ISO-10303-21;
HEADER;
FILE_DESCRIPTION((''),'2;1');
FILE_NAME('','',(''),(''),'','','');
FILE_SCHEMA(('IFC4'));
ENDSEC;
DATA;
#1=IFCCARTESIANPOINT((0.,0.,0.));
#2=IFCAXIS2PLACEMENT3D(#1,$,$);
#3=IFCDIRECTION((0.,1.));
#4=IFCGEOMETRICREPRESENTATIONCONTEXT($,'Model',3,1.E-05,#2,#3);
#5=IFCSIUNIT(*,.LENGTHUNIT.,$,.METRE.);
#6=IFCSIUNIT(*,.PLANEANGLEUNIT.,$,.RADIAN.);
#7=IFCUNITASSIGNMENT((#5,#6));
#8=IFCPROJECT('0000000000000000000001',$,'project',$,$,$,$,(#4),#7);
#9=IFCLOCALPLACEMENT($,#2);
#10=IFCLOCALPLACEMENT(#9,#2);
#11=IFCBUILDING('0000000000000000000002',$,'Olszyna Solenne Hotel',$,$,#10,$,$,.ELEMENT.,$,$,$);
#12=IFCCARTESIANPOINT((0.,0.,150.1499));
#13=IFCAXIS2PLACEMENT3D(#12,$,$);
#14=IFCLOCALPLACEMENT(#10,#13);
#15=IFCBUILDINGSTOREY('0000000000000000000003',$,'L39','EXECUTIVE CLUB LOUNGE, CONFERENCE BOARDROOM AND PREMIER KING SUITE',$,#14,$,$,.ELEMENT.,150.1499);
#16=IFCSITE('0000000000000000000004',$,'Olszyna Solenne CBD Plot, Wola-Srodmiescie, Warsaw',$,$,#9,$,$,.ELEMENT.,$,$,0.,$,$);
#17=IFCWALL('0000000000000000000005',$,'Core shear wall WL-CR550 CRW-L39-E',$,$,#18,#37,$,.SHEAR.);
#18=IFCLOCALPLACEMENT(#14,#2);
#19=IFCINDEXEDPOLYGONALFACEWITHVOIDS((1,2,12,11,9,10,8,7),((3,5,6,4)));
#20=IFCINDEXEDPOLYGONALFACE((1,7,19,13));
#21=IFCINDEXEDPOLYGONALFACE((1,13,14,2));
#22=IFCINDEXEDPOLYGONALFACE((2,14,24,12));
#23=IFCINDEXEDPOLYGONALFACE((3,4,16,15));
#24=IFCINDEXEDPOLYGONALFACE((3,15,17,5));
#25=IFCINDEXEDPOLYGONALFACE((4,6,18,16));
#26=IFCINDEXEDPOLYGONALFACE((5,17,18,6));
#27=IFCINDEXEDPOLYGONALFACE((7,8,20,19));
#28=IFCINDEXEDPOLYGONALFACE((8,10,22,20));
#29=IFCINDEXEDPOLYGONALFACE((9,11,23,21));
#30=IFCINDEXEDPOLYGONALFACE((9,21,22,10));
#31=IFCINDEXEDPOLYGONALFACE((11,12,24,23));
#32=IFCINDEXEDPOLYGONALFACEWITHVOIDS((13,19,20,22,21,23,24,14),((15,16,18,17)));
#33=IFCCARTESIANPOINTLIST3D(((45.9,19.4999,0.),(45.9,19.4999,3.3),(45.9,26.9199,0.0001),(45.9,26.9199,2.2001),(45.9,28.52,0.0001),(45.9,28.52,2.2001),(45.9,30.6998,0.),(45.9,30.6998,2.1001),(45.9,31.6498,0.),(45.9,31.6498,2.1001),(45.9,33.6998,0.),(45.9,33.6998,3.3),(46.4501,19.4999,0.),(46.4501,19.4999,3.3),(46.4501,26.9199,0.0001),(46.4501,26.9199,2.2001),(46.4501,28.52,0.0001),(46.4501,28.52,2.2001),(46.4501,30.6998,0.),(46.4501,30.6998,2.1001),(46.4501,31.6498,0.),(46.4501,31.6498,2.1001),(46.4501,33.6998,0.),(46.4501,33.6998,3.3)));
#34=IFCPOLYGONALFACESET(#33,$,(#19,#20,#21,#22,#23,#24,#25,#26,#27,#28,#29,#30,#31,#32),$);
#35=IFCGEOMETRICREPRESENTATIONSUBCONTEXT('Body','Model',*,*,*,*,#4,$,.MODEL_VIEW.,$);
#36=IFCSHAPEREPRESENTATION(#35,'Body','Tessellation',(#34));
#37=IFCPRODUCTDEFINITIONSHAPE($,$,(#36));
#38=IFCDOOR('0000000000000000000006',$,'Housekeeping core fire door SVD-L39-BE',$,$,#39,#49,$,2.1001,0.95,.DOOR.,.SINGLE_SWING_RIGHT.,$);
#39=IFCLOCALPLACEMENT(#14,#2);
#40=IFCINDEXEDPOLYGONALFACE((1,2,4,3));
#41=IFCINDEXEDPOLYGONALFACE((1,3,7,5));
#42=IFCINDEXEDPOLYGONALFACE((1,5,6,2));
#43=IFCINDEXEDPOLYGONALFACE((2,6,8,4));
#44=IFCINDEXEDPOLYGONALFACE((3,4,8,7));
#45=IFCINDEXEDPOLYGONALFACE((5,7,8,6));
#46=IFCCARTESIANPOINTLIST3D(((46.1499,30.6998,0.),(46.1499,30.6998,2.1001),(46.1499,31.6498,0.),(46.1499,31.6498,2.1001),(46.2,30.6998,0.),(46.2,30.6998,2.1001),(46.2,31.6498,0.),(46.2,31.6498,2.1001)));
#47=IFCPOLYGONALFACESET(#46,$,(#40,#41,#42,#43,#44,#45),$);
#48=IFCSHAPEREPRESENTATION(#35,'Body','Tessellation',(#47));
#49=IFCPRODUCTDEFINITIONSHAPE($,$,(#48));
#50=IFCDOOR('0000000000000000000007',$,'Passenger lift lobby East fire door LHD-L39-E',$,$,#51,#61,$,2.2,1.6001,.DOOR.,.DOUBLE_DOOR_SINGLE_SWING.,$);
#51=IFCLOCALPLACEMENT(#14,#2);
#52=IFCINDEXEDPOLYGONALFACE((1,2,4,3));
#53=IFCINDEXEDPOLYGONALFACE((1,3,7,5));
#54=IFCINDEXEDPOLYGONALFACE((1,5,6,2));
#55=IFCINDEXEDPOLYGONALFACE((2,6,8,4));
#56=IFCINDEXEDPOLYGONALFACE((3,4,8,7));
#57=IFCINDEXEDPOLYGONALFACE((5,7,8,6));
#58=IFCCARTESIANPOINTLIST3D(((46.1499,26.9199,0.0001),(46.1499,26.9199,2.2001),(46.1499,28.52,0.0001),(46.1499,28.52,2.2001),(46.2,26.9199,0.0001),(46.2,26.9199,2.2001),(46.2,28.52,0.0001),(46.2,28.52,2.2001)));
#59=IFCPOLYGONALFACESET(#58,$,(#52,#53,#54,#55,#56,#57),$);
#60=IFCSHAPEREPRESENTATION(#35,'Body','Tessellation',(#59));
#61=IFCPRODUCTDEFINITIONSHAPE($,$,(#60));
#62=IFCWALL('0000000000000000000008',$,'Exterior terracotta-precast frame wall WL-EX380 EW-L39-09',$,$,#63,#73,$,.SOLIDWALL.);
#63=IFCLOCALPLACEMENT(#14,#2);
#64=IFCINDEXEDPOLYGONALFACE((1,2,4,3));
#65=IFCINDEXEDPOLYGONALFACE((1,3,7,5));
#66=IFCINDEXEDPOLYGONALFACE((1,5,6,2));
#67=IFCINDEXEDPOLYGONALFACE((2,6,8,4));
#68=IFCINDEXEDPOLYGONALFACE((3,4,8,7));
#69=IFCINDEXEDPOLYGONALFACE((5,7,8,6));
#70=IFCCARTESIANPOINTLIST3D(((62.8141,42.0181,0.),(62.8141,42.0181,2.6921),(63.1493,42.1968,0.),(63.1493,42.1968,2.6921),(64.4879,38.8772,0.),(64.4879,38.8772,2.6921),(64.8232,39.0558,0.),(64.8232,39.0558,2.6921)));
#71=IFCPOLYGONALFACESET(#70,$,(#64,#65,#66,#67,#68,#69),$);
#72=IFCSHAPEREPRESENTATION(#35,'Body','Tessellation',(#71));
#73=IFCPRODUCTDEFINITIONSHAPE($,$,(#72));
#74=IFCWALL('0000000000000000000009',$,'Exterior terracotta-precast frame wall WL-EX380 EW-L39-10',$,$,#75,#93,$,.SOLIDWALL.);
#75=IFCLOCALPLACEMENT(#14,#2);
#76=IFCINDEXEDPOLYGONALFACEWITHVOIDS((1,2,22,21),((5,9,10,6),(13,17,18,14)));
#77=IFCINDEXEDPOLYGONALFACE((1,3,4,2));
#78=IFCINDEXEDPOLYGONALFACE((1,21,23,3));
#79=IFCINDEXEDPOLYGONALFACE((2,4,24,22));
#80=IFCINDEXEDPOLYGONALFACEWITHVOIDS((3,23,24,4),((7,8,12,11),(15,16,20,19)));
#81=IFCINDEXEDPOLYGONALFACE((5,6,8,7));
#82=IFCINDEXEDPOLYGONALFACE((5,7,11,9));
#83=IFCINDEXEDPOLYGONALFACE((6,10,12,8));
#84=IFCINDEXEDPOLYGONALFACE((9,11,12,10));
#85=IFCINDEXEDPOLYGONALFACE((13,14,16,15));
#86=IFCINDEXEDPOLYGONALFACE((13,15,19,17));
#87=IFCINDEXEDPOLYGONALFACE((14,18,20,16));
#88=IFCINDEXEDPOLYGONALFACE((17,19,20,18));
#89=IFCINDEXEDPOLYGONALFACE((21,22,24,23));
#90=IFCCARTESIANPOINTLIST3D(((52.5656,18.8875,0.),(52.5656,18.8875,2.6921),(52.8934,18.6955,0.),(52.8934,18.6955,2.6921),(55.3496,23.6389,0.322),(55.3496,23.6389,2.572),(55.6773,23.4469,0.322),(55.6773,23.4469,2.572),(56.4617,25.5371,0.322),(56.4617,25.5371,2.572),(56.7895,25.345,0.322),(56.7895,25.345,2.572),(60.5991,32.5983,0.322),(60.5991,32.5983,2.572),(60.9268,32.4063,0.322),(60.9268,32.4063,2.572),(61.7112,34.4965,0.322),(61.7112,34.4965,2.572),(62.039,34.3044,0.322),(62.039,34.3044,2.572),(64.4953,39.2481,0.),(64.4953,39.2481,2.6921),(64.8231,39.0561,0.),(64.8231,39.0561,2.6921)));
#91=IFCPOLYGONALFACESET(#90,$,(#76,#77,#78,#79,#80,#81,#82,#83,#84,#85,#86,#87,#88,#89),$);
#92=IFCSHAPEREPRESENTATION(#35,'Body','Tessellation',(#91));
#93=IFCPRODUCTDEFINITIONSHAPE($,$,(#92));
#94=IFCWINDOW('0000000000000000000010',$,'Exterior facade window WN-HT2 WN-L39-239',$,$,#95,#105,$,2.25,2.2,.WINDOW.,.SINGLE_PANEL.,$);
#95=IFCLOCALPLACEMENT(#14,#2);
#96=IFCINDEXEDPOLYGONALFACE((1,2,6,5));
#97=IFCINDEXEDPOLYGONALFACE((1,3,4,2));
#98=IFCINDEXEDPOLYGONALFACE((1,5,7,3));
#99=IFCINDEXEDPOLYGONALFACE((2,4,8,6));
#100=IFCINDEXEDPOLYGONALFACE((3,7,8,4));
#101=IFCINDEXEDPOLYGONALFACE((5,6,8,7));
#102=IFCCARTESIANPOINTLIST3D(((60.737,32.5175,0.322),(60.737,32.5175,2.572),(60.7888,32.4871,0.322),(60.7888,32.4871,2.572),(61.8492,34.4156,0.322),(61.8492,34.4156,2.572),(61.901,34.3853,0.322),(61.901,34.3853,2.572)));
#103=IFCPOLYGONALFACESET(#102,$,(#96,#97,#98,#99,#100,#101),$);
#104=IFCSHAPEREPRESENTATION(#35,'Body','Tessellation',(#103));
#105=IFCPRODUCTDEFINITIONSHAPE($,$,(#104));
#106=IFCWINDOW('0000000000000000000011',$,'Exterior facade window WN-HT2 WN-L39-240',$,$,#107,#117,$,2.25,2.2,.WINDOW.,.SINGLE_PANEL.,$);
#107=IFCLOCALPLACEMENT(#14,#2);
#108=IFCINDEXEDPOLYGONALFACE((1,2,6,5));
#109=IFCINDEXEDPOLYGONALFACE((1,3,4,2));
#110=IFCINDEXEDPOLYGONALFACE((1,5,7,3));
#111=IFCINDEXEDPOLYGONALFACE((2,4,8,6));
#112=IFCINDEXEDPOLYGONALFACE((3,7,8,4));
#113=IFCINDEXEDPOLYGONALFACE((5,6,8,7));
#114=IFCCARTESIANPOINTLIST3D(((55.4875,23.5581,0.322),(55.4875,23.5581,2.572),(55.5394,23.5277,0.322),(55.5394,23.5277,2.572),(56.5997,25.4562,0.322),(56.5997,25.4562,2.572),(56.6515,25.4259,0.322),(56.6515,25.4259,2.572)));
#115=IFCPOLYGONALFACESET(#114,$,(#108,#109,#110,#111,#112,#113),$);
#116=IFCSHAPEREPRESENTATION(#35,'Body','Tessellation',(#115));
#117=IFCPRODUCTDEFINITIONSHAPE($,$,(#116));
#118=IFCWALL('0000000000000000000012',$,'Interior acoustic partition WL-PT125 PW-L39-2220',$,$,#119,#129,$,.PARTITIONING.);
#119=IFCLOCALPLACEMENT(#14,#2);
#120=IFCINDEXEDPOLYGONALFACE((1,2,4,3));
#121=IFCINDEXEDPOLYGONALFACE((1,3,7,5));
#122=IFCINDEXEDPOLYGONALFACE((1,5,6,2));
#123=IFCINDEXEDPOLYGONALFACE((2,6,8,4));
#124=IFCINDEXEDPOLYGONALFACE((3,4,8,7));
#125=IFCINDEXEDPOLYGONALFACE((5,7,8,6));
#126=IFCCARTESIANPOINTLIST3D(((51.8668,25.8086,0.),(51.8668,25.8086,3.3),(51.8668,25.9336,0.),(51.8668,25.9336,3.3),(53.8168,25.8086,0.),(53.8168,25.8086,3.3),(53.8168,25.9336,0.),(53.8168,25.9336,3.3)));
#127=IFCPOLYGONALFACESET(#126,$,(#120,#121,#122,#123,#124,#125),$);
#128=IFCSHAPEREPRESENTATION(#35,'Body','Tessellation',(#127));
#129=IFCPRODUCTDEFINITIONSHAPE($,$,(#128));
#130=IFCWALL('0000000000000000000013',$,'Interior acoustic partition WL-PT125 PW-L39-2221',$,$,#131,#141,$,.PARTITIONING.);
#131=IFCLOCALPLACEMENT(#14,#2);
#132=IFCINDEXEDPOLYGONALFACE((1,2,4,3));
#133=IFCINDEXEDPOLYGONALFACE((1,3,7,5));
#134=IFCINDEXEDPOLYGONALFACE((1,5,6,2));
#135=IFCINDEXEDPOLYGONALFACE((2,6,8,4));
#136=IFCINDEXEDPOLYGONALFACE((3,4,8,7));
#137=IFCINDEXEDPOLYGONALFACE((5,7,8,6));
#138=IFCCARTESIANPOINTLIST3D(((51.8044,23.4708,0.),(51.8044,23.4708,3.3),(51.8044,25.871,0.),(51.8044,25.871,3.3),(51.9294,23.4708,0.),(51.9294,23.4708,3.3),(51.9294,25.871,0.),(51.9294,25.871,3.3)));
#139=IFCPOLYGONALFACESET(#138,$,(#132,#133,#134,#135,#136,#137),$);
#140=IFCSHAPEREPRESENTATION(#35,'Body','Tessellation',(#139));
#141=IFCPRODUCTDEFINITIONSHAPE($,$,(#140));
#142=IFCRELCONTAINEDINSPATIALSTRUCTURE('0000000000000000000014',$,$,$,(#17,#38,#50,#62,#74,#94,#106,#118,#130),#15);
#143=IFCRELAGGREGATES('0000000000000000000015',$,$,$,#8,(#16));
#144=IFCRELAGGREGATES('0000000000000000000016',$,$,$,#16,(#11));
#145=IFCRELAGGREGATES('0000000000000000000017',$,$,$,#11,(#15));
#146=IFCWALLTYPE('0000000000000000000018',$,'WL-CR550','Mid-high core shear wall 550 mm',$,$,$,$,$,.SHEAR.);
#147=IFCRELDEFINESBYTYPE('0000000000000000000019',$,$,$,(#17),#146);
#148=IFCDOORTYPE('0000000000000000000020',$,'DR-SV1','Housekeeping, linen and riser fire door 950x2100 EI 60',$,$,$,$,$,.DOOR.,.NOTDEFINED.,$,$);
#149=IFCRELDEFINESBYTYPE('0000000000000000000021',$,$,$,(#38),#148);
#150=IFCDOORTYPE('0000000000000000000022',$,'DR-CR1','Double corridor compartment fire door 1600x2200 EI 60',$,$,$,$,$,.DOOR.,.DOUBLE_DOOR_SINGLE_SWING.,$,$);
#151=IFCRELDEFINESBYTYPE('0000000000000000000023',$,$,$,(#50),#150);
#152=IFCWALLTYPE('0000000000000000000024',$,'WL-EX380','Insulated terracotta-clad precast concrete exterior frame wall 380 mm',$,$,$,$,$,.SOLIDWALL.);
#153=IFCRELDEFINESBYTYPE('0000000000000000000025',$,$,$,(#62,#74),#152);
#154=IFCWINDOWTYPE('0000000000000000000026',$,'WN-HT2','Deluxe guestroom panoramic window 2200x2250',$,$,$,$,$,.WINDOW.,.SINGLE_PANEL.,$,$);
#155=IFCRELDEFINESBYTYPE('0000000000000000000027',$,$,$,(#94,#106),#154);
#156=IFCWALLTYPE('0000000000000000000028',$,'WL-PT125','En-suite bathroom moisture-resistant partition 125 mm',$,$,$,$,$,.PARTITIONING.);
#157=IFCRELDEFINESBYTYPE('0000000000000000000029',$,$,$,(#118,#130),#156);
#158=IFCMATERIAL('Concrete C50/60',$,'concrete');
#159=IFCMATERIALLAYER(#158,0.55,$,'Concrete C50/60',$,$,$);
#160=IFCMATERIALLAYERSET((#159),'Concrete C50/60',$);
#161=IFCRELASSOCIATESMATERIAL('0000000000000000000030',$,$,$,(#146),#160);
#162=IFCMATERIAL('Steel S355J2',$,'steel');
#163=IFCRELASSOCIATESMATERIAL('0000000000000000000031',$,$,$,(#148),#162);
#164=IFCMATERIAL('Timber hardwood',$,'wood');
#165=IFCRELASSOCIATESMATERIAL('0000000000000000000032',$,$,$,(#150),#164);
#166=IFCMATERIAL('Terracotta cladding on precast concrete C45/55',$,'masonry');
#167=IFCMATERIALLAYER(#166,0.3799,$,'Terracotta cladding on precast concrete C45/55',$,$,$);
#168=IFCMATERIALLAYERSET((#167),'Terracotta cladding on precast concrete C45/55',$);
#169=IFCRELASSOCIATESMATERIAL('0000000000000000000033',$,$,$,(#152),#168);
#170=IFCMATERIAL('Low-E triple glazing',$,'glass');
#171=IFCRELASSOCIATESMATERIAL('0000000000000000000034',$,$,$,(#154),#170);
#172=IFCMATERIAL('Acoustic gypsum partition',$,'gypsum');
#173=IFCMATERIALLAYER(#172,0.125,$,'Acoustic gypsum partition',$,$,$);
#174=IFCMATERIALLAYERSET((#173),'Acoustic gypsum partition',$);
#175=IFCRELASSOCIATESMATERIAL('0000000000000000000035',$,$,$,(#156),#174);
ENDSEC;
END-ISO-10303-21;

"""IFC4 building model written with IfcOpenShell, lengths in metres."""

from ifc_helpers import new_model, si_unit, direction, frame, frame_2d, origin, place, context, subcontext, project, spatial, rectangle, extrude, source, transform, mapped, material, layer, layer_set, type_object, type_shapes, element, fill, save


model = new_model("IFC4")

# Units and contexts
model_context = context("Model", 3, precision=1e-05, world=origin(), true_north=direction((0.0, 1.0)))
body_context = subcontext(model_context, "Body", "Model", "MODEL_VIEW")
ifc_project = project(units=[si_unit("LENGTHUNIT", "METRE"), si_unit("PLANEANGLEUNIT", "RADIAN")], contexts=[model_context])

# Site, building, storey
site_placement = place(None, origin())
site = spatial("IfcSite", under=ifc_project, at=site_placement, Name="Olszyna Solenne CBD Plot, Wola-Srodmiescie, Warsaw", CompositionType="ELEMENT", RefElevation=0.0)
building_placement = place(site_placement, origin())
building = spatial("IfcBuilding", under=site, at=building_placement, Name="Olszyna Solenne Hotel", CompositionType="ELEMENT")
storey_placement = place(building_placement, frame((0.0, 0.0, 150.1499)))
storey = spatial("IfcBuildingStorey", under=building, at=storey_placement, Name="L39", Description="EXECUTIVE CLUB LOUNGE, CONFERENCE BOARDROOM AND PREMIER KING SUITE", CompositionType="ELEMENT", Elevation=150.1499)

# Shared definitions
ifc_material_1 = material(Name="Steel S355J2", Category="steel")

# Wall, openings, doors
ifc_material_2 = material(Name="Concrete C50/60", Category="concrete")
ifc_layer_1 = layer(ifc_material_2, 0.55, Name="Concrete C50/60")
ifc_layer_set_1 = layer_set([ifc_layer_1], Name="Concrete C50/60")
wall_type_1 = type_object("IfcWallType", Name="WL-CR550", Description="Mid-high core shear wall 550 mm", PredefinedType="SHEAR", material=ifc_layer_set_1)
wall_1_placement = place(storey_placement, frame((46.175, 33.7, 0.0), z_axis=(0.0, 0.0, 1.0), x_axis=(0.0, -1.0, 0.0)))
wall_1 = element("IfcWall", 1, at=wall_1_placement, inside=storey, type_object=wall_type_1, Name="Core shear wall WL-CR550 CRW-L39-E", PredefinedType="SHEAR", context=body_context, shape_type="SweptSolid", body=[
    extrude(rectangle(XDim=14.2, YDim=0.55, at=frame_2d((7.1001, 0.0))), origin(), (0.0, 0.0, 1.0), 3.3),
])
opening_1_placement = place(wall_1_placement, frame((5.1799, 0.0, 0.0)))
opening_1 = element("IfcOpeningElement", 2, at=opening_1_placement, cuts=wall_1, PredefinedType="OPENING", context=body_context, shape_type="SweptSolid", body=[
    extrude(rectangle(XDim=1.6001, YDim=2.2, at=frame_2d((0.8, 1.1001))), frame((0.0, 0.2852, 0.0), z_axis=(0.0, -1.0, 0.0), x_axis=(1.0, 0.0, 0.0)), (0.0, 0.0, 1.0), 0.5701),
])
opening_2_placement = place(wall_1_placement, frame((2.05, 0.0, 0.0)))
opening_2 = element("IfcOpeningElement", 3, at=opening_2_placement, cuts=wall_1, PredefinedType="OPENING", context=body_context, shape_type="SweptSolid", body=[
    extrude(rectangle(XDim=0.95, YDim=2.1001, at=frame_2d((0.4751, 1.05))), frame((0.0, 0.2852, 0.0), z_axis=(0.0, -1.0, 0.0), x_axis=(1.0, 0.0, 0.0)), (0.0, 0.0, 1.0), 0.5701),
])
door_type_1 = type_object("IfcDoorType", Name="DR-SV1", Description="Housekeeping, linen and riser fire door 950x2100 EI 60", OperationType="NOTDEFINED", PredefinedType="DOOR", material=ifc_material_1)
shared_shape_1 = source(origin(), body_context, "Body", "SweptSolid", [
    extrude(rectangle(XDim=0.95, YDim=2.1001, at=frame_2d((0.4751, 1.05))), frame((0.0, 0.0249, 0.0), z_axis=(0.0, -1.0, 0.0), x_axis=(1.0, 0.0, 0.0)), (0.0, 0.0, 1.0), 0.05),
])
type_shapes(door_type_1, [shared_shape_1])
door_1_placement = place(opening_2_placement, origin())
door_1 = element("IfcDoor", 4, at=door_1_placement, inside=storey, type_object=door_type_1, Name="Housekeeping core fire door SVD-L39-BE", OperationType="SINGLE_SWING_RIGHT", OverallHeight=2.1001, OverallWidth=0.95, PredefinedType="DOOR", context=body_context, shape_type="MappedRepresentation", body=[
    mapped(shared_shape_1, transform((0.0, 0.0, 0.0), x_axis=(1.0, 0.0, 0.0), y_axis=(0.0, 1.0, 0.0), z_axis=(0.0, 0.0, 1.0), scale=1.0)),
])
fill(opening_2, door_1)
ifc_material_3 = material(Name="Timber hardwood", Category="wood")
door_type_2 = type_object("IfcDoorType", Name="DR-CR1", Description="Double corridor compartment fire door 1600x2200 EI 60", OperationType="DOUBLE_DOOR_SINGLE_SWING", PredefinedType="DOOR", material=ifc_material_3)
shared_shape_2 = source(origin(), body_context, "Body", "SweptSolid", [
    extrude(rectangle(XDim=1.6001, YDim=2.2, at=frame_2d((0.8, 1.1001))), frame((0.0, 0.0249, 0.0), z_axis=(0.0, -1.0, 0.0), x_axis=(1.0, 0.0, 0.0)), (0.0, 0.0, 1.0), 0.05),
])
type_shapes(door_type_2, [shared_shape_2])
door_2_placement = place(opening_1_placement, origin())
door_2 = element("IfcDoor", 5, at=door_2_placement, inside=storey, type_object=door_type_2, Name="Passenger lift lobby East fire door LHD-L39-E", OperationType="DOUBLE_DOOR_SINGLE_SWING", OverallHeight=2.2, OverallWidth=1.6001, PredefinedType="DOOR", context=body_context, shape_type="MappedRepresentation", body=[
    mapped(shared_shape_2, transform((0.0, 0.0, 0.0), x_axis=(1.0, 0.0, 0.0), y_axis=(0.0, 1.0, 0.0), z_axis=(0.0, 0.0, 1.0), scale=1.0)),
])
fill(opening_1, door_2)

# Wall
ifc_material_4 = material(Name="Terracotta cladding on precast concrete C45/55", Category="masonry")
ifc_layer_2 = layer(ifc_material_4, 0.3799, Name="Terracotta cladding on precast concrete C45/55")
ifc_layer_set_2 = layer_set([ifc_layer_2], Name="Terracotta cladding on precast concrete C45/55")
wall_type_2 = type_object("IfcWallType", Name="WL-EX380", Description="Insulated terracotta-clad precast concrete exterior frame wall 380 mm", PredefinedType="SOLIDWALL", material=ifc_layer_set_2)
wall_2_placement = place(storey_placement, frame((62.9817, 42.1074, 0.0), z_axis=(0.0, 0.0, 1.0), x_axis=(0.470303, -0.882505, 0.0)))
element("IfcWall", 6, at=wall_2_placement, inside=storey, type_object=wall_type_2, Name="Exterior terracotta-precast frame wall WL-EX380 EW-L39-09", PredefinedType="SOLIDWALL", context=body_context, shape_type="SweptSolid", body=[
    extrude(rectangle(XDim=3.5591, YDim=0.3799, at=frame_2d((1.7795, 0.0))), origin(), (0.0, 0.0, 1.0), 2.6921),
])

# Wall, openings, windows
wall_3_placement = place(storey_placement, frame((64.6592, 39.1521, 0.0), z_axis=(0.0, 0.0, 1.0), x_axis=(-0.505535, -0.862806, 0.0)))
wall_3 = element("IfcWall", 7, at=wall_3_placement, inside=storey, type_object=wall_type_2, Name="Exterior terracotta-precast frame wall WL-EX380 EW-L39-10", PredefinedType="SOLIDWALL", context=body_context, shape_type="SweptSolid", body=[
    extrude(rectangle(XDim=23.5981, YDim=0.3799, at=frame_2d((11.7991, 0.0))), origin(), (0.0, 0.0, 1.0), 2.6921),
])
opening_3_placement = place(wall_3_placement, frame((5.5071, 0.0, 0.322)))
opening_3 = element("IfcOpeningElement", 8, at=opening_3_placement, cuts=wall_3, PredefinedType="OPENING", context=body_context, shape_type="SweptSolid", body=[
    extrude(rectangle(XDim=2.2, YDim=2.25, at=frame_2d((1.1001, 1.125))), frame((0.0, 0.2, 0.0), z_axis=(0.0, -1.0, 0.0), x_axis=(1.0, 0.0, 0.0)), (0.0, 0.0, 1.0), 0.3999),
])
opening_4_placement = place(wall_3_placement, frame((15.8911, 0.0, 0.322)))
opening_4 = element("IfcOpeningElement", 9, at=opening_4_placement, cuts=wall_3, PredefinedType="OPENING", context=body_context, shape_type="SweptSolid", body=[
    extrude(rectangle(XDim=2.2, YDim=2.25, at=frame_2d((1.1001, 1.125))), frame((0.0, 0.2, 0.0), z_axis=(0.0, -1.0, 0.0), x_axis=(1.0, 0.0, 0.0)), (0.0, 0.0, 1.0), 0.3999),
])
ifc_material_5 = material(Name="Low-E triple glazing", Category="glass")
window_type = type_object("IfcWindowType", Name="WN-HT2", Description="Deluxe guestroom panoramic window 2200x2250", PartitioningType="SINGLE_PANEL", PredefinedType="WINDOW", material=ifc_material_5)
shared_shape_3 = source(origin(), body_context, "Body", "SweptSolid", [
    extrude(rectangle(XDim=2.2, YDim=2.25, at=frame_2d((1.1001, 1.125))), frame((0.0, 0.03, 0.0), z_axis=(0.0, -1.0, 0.0), x_axis=(1.0, 0.0, 0.0)), (0.0, 0.0, 1.0), 0.0601),
])
type_shapes(window_type, [shared_shape_3])
window_1_placement = place(opening_3_placement, origin())
window_1 = element("IfcWindow", 10, at=window_1_placement, inside=storey, type_object=window_type, Name="Exterior facade window WN-HT2 WN-L39-239", OverallHeight=2.25, OverallWidth=2.2, PartitioningType="SINGLE_PANEL", PredefinedType="WINDOW", context=body_context, shape_type="MappedRepresentation", body=[
    mapped(shared_shape_3, transform((0.0, 0.0, 0.0), x_axis=(1.0, 0.0, 0.0), y_axis=(0.0, 1.0, 0.0), z_axis=(0.0, 0.0, 1.0), scale=1.0)),
])
fill(opening_3, window_1)
window_2_placement = place(opening_4_placement, origin())
window_2 = element("IfcWindow", 11, at=window_2_placement, inside=storey, type_object=window_type, Name="Exterior facade window WN-HT2 WN-L39-240", OverallHeight=2.25, OverallWidth=2.2, PartitioningType="SINGLE_PANEL", PredefinedType="WINDOW", context=body_context, shape_type="MappedRepresentation", body=[
    mapped(shared_shape_3, transform((0.0, 0.0, 0.0), x_axis=(1.0, 0.0, 0.0), y_axis=(0.0, 1.0, 0.0), z_axis=(0.0, 0.0, 1.0), scale=1.0)),
])
fill(opening_4, window_2)

# Walls
ifc_material_6 = material(Name="Acoustic gypsum partition", Category="gypsum")
ifc_layer_3 = layer(ifc_material_6, 0.125, Name="Acoustic gypsum partition")
ifc_layer_set_3 = layer_set([ifc_layer_3], Name="Acoustic gypsum partition")
wall_type_3 = type_object("IfcWallType", Name="WL-PT125", Description="En-suite bathroom moisture-resistant partition 125 mm", PredefinedType="PARTITIONING", material=ifc_layer_set_3)
wall_4_placement = place(storey_placement, frame((53.8169, 25.8711, 0.0), z_axis=(0.0, 0.0, 1.0), x_axis=(-1.0, 0.0, 0.0)))
element("IfcWall", 12, at=wall_4_placement, inside=storey, type_object=wall_type_3, Name="Interior acoustic partition WL-PT125 PW-L39-2220", PredefinedType="PARTITIONING", context=body_context, shape_type="SweptSolid", body=[
    extrude(rectangle(XDim=1.95, YDim=0.125, at=frame_2d((0.9751, 0.0))), origin(), (0.0, 0.0, 1.0), 3.3),
])
wall_5_placement = place(storey_placement, frame((51.8669, 25.8711, 0.0), z_axis=(0.0, 0.0, 1.0), x_axis=(0.0, -1.0, 0.0)))
element("IfcWall", 13, at=wall_5_placement, inside=storey, type_object=wall_type_3, Name="Interior acoustic partition WL-PT125 PW-L39-2221", PredefinedType="PARTITIONING", context=body_context, shape_type="SweptSolid", body=[
    extrude(rectangle(XDim=2.4001, YDim=0.125, at=frame_2d((1.2002, 0.0))), origin(), (0.0, 0.0, 1.0), 3.3),
])

save(model, "model.ifc")
